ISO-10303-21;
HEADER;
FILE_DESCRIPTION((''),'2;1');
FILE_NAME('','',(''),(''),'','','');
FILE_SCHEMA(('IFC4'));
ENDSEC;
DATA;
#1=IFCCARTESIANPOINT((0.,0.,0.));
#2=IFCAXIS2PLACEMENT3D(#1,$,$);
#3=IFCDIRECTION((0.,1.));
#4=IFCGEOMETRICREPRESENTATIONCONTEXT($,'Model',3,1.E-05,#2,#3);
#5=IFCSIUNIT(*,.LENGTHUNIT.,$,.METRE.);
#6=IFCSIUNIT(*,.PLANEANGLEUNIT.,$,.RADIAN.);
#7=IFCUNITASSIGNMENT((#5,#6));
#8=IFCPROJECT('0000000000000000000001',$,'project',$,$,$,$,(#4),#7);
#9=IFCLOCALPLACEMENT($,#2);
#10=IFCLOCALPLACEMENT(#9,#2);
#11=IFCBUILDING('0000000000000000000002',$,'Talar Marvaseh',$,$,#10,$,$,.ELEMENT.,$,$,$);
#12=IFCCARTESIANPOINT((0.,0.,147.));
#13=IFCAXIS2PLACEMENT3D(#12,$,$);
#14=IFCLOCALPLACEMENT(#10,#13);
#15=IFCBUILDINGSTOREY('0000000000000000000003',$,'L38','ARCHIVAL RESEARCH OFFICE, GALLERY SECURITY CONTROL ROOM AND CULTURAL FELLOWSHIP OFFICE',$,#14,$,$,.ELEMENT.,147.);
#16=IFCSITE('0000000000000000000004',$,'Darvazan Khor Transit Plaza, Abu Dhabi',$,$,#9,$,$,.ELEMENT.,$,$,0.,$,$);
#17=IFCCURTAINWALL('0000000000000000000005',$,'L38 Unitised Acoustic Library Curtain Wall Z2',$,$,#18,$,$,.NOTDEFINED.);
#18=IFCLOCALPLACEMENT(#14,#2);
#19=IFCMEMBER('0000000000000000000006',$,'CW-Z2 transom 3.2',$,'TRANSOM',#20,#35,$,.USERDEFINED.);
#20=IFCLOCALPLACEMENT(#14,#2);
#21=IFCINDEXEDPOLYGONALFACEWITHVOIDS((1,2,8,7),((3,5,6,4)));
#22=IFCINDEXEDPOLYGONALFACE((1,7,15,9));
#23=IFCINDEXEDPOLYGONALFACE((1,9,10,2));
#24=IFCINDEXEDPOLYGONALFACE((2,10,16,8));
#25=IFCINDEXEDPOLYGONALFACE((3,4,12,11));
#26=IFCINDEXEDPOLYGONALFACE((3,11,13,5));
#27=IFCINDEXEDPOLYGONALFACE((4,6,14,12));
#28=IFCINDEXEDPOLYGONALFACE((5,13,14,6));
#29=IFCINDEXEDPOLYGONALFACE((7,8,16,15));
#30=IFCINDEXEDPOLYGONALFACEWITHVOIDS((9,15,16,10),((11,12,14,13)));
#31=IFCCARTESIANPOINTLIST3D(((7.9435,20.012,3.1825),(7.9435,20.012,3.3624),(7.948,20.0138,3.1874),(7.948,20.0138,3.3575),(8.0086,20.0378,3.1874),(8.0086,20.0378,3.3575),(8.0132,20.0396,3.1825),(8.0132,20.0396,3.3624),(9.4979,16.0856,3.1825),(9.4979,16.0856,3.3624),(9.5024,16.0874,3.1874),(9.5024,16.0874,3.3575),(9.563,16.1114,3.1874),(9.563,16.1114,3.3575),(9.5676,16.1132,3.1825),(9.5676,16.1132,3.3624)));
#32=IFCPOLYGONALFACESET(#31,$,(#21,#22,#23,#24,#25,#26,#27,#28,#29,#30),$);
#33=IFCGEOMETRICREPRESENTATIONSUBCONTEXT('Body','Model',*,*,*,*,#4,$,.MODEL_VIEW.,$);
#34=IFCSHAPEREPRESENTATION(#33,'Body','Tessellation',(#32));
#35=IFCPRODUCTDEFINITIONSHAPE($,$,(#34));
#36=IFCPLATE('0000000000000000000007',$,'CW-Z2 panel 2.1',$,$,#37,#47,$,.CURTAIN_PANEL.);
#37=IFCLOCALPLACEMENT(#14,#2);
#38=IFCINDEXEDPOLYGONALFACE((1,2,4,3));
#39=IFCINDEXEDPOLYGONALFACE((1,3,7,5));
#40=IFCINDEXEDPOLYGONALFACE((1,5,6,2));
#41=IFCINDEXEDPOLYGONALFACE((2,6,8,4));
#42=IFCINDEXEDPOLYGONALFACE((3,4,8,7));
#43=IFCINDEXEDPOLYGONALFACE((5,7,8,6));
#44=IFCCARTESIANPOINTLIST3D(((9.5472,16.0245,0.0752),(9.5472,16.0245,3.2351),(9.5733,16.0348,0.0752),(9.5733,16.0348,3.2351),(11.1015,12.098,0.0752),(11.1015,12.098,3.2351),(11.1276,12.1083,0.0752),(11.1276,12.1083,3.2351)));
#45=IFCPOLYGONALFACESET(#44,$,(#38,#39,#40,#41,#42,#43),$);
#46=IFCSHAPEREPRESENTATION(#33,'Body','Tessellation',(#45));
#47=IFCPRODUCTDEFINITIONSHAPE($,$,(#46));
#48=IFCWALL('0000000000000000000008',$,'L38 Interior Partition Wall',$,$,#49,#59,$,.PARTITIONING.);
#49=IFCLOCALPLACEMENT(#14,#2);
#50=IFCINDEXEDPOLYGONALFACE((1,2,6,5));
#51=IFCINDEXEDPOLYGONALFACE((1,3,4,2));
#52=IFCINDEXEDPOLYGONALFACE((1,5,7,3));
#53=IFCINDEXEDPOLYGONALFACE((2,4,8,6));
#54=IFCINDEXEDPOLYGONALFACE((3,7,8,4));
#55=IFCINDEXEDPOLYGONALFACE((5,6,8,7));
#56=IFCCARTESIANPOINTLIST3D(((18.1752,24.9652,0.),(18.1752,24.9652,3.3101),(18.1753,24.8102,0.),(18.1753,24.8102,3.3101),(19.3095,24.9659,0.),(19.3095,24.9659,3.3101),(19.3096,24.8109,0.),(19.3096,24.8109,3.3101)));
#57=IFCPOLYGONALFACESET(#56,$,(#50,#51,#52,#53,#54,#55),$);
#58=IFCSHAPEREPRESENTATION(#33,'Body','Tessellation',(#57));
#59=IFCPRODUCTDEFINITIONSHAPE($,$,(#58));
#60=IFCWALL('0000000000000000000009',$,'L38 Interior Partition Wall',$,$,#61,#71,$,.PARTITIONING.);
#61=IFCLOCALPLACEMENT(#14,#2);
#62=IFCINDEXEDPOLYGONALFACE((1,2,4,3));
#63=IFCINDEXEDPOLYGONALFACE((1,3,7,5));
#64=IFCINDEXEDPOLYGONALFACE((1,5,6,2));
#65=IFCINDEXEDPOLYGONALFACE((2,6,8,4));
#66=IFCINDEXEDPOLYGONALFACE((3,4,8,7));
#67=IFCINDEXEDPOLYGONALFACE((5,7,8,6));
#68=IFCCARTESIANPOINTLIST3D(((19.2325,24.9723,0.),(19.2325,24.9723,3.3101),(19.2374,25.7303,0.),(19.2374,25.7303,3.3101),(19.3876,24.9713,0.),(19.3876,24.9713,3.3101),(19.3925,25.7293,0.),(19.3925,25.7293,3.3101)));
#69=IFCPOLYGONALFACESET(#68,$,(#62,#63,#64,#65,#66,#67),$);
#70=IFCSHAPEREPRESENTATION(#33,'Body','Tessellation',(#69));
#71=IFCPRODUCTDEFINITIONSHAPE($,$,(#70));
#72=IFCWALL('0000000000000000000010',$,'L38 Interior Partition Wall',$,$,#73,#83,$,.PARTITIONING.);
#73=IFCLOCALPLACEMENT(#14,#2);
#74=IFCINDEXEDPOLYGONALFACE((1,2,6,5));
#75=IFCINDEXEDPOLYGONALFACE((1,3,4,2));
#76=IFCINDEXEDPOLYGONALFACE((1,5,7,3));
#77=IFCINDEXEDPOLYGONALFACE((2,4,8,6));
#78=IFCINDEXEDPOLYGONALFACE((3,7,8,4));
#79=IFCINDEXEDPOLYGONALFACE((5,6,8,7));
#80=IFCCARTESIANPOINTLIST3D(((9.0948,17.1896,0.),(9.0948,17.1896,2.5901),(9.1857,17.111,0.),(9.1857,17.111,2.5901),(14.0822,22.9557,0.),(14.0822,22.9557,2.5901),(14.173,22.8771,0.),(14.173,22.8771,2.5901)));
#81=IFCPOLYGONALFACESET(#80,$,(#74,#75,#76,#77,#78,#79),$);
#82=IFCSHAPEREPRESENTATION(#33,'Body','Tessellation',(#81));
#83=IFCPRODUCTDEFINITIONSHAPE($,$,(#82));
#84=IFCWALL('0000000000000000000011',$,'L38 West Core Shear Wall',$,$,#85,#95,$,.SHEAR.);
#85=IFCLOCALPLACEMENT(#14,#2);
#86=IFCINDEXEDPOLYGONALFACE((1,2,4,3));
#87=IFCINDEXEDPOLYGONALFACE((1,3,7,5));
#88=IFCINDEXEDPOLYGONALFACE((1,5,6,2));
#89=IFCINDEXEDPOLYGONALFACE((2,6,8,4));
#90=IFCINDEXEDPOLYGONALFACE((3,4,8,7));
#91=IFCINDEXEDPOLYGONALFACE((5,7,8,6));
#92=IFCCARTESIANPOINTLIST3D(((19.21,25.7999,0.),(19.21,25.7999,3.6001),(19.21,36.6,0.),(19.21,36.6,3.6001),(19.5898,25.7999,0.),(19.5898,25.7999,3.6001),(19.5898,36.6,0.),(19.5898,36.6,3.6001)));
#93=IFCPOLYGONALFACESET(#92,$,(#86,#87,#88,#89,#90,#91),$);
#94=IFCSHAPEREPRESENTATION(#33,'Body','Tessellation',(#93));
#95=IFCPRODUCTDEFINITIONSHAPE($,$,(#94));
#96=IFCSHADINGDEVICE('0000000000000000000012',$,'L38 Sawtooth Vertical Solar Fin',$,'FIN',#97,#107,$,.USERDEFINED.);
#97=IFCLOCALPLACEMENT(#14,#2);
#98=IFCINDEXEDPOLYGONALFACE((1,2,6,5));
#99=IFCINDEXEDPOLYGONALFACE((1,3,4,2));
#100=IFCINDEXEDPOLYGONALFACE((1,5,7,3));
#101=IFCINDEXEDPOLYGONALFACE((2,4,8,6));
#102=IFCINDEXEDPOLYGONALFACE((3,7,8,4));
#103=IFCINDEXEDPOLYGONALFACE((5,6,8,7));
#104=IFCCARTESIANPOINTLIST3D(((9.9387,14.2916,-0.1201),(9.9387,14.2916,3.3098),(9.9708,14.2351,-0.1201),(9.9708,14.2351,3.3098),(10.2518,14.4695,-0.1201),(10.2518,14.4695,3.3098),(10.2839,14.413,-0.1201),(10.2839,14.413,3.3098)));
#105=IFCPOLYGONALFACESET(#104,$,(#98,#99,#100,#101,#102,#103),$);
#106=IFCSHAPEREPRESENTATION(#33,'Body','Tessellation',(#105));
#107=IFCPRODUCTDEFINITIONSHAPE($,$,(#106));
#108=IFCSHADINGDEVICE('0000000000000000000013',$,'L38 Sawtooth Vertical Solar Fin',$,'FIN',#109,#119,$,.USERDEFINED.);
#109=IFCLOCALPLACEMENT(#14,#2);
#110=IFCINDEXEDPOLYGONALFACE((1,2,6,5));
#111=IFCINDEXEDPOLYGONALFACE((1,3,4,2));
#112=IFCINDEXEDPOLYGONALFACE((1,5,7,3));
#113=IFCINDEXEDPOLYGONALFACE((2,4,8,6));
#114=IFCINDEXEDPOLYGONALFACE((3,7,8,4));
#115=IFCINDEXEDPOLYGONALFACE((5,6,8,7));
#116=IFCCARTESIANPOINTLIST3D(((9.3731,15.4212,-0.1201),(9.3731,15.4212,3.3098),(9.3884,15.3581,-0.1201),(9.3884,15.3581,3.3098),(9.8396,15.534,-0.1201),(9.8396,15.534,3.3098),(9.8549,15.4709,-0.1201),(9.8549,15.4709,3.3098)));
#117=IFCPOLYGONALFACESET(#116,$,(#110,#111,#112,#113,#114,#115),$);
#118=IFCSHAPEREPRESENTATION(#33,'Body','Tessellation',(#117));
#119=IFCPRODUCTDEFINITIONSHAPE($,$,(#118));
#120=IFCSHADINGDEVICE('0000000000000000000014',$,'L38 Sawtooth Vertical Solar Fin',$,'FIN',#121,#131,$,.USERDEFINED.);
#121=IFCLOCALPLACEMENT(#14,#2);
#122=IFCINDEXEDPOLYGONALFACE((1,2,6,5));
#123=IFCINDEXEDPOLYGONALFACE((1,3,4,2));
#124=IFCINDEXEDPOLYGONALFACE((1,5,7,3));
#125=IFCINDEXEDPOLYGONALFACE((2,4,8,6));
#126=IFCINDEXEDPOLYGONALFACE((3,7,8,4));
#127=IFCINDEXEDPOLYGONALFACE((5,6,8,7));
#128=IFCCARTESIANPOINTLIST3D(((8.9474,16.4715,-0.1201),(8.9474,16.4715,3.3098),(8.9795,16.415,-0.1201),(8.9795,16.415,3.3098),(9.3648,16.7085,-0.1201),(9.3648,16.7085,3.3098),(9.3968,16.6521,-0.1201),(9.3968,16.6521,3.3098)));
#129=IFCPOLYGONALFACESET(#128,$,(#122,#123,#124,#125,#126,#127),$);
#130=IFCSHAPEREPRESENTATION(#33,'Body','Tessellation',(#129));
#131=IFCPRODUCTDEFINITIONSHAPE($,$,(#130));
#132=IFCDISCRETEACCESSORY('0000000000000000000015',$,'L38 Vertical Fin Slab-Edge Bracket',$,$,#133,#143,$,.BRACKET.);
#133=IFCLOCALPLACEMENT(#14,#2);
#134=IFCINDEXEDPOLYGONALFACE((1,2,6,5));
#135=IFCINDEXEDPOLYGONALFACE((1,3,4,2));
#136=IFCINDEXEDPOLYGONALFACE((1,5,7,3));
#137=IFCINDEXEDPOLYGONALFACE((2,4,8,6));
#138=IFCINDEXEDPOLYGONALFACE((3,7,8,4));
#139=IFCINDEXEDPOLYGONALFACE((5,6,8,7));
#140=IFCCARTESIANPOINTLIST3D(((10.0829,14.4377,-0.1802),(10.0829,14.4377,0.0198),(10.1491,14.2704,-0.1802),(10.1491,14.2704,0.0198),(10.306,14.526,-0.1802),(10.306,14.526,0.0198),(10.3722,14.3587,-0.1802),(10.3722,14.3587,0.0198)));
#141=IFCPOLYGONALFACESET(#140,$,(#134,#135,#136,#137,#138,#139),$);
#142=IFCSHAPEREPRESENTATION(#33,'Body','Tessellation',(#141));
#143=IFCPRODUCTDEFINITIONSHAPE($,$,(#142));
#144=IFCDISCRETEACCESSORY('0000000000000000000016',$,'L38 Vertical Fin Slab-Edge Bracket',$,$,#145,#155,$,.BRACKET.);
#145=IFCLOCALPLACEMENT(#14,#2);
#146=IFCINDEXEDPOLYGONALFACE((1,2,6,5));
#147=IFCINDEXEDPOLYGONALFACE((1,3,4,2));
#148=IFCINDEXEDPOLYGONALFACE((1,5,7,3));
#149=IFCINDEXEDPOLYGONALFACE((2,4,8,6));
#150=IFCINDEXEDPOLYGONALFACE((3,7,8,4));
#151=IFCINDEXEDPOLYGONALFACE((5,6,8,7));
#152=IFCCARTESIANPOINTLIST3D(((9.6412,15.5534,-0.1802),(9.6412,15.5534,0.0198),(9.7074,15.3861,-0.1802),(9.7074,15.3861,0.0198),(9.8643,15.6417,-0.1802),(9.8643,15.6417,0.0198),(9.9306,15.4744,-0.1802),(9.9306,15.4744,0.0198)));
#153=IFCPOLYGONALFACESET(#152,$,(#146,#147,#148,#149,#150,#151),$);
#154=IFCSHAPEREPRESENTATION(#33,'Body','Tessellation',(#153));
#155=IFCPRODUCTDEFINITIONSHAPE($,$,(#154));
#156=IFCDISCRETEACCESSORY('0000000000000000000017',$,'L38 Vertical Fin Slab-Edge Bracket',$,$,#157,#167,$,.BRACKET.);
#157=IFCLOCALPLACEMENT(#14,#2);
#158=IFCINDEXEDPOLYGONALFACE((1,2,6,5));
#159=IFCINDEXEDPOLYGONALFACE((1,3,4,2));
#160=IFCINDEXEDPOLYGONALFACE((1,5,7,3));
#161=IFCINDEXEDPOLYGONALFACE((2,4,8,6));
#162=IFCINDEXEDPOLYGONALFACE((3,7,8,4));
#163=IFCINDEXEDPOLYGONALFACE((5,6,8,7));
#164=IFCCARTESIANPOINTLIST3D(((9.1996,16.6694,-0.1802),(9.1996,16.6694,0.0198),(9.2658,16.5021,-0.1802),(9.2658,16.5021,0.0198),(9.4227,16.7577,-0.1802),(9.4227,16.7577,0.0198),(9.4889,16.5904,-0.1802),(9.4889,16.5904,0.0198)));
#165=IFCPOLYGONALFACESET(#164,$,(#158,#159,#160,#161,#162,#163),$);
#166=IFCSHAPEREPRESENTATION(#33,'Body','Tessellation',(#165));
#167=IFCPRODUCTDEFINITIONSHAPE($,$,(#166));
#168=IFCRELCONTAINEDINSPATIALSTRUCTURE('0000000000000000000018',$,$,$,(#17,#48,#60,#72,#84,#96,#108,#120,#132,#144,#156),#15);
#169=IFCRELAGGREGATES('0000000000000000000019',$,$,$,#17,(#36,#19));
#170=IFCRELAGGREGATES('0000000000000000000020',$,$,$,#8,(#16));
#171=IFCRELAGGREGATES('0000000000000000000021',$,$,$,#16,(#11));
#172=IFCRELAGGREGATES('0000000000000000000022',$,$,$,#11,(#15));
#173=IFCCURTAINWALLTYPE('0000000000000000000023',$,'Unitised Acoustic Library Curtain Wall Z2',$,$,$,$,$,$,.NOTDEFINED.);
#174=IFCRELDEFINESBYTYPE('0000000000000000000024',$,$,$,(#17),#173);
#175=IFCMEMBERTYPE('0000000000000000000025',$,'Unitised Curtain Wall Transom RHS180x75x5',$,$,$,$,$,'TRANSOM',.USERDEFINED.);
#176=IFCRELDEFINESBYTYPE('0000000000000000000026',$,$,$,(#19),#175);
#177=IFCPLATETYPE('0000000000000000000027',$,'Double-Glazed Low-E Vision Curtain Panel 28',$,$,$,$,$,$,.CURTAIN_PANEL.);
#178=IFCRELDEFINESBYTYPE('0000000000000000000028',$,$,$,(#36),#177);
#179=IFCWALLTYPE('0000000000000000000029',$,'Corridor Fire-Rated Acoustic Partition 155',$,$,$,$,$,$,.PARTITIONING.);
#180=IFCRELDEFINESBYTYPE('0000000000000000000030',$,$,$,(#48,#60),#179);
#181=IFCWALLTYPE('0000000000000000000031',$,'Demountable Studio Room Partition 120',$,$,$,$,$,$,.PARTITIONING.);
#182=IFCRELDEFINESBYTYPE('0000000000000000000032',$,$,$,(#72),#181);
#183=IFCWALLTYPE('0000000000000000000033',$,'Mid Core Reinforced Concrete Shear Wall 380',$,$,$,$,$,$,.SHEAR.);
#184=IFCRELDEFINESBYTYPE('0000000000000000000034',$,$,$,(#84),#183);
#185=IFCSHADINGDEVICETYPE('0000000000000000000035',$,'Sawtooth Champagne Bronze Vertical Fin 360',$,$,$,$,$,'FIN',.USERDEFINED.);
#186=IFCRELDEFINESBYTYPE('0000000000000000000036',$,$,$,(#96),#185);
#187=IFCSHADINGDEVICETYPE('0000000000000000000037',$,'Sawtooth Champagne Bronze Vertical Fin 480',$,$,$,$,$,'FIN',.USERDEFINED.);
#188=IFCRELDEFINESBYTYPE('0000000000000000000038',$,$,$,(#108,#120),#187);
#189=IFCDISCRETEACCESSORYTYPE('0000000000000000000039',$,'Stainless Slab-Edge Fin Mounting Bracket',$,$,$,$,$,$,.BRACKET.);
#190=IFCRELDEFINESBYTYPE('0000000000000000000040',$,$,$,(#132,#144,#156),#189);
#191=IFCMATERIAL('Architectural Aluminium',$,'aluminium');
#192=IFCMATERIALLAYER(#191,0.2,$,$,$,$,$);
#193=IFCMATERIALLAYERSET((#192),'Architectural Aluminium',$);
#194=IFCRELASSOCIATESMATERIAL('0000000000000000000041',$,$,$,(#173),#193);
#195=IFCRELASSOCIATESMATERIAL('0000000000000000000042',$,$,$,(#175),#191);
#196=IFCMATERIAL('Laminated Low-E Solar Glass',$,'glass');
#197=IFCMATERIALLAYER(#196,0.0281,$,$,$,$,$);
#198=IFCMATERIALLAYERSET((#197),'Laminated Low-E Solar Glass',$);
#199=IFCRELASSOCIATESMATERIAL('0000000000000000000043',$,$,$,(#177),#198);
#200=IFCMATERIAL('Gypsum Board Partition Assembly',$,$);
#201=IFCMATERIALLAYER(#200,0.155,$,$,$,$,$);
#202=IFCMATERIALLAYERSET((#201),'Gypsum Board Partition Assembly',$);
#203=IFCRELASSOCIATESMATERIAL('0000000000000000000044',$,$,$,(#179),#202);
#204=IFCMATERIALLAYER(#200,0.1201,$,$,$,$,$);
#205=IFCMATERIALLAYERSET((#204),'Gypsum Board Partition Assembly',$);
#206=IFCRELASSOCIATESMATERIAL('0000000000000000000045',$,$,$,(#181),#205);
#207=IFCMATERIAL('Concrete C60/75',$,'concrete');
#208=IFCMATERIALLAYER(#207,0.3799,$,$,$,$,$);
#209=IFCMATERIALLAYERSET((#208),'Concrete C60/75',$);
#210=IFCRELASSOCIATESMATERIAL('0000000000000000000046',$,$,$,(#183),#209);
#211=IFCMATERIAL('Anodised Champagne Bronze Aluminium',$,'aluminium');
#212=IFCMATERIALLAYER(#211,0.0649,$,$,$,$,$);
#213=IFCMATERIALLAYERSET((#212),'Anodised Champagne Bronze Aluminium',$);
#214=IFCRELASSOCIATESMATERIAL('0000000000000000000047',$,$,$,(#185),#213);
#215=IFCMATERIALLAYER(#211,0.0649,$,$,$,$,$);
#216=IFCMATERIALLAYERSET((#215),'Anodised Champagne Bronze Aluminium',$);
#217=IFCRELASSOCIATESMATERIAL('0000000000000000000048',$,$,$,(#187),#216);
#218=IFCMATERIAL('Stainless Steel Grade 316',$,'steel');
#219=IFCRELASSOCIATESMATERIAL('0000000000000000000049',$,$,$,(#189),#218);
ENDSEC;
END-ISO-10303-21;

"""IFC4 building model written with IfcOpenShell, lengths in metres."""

from ifc_helpers import new_model, si_unit, direction, frame, frame_2d, origin, origin_2d, place, context, subcontext, project, spatial, rectangle, hollow_rectangle, extrude, source, transform, mapped, material, layer, layer_set, material_profile, profile_set, type_object, type_shapes, element, aggregate, save


model = new_model("IFC4")

# Units and contexts
model_context = context("Model", 3, precision=1e-05, world=origin(), true_north=direction((0.0, 1.0)))
body_context = subcontext(model_context, "Body", "Model", "MODEL_VIEW")
ifc_project = project(units=[si_unit("LENGTHUNIT", "METRE"), si_unit("PLANEANGLEUNIT", "RADIAN")], contexts=[model_context])

# Site, building, storey
site_placement = place(None, origin())
site = spatial("IfcSite", under=ifc_project, at=site_placement, Name="Darvazan Khor Transit Plaza, Abu Dhabi", CompositionType="ELEMENT", RefElevation=0.0)
building_placement = place(site_placement, origin())
building = spatial("IfcBuilding", under=site, at=building_placement, Name="Talar Marvaseh", CompositionType="ELEMENT")
storey_placement = place(building_placement, frame((0.0, 0.0, 147.0)))
storey = spatial("IfcBuildingStorey", under=building, at=storey_placement, Name="L38", Description="ARCHIVAL RESEARCH OFFICE, GALLERY SECURITY CONTROL ROOM AND CULTURAL FELLOWSHIP OFFICE", CompositionType="ELEMENT", Elevation=147.0)

# Shared definitions
ifc_material_1 = material(Name="Concrete C60/75", Category="concrete")

# Curtain wall, member, plate
ifc_material_2 = material(Name="Architectural Aluminium", Category="aluminium")
ifc_layer_1 = layer(ifc_material_2, 0.2)
ifc_layer_set_1 = layer_set([ifc_layer_1], Name="Architectural Aluminium")
curtain_wall_type = type_object("IfcCurtainWallType", Name="Unitised Acoustic Library Curtain Wall Z2", PredefinedType="NOTDEFINED", material=ifc_layer_set_1)
curtain_wall_placement = place(storey_placement, origin())
curtain_wall = element("IfcCurtainWall", 1, at=curtain_wall_placement, inside=storey, type_object=curtain_wall_type, Name="L38 Unitised Acoustic Library Curtain Wall Z2", PredefinedType="NOTDEFINED")
ifc_material_profile_1 = material_profile(ifc_material_2, hollow_rectangle(XDim=0.075, YDim=0.1799, WallThickness=0.0049, at=origin_2d()), Name="RHS180x75x5")
ifc_profile_set_1 = profile_set([ifc_material_profile_1], Name="Architectural Aluminium")
member_type_1 = type_object("IfcMemberType", Name="Unitised Curtain Wall Transom RHS180x75x5", ElementType="TRANSOM", PredefinedType="USERDEFINED", material=ifc_profile_set_1)
shared_shape_1 = source(origin(), body_context, "Body", "SweptSolid", [
    extrude(hollow_rectangle(XDim=0.075, YDim=0.1799, WallThickness=0.0049, at=origin_2d()), origin(), (0.0, 0.0, 1.0), 4.2229),
])
type_shapes(member_type_1, [shared_shape_1])
member_1_placement = place(storey_placement, frame((9.5327, 16.0994, 3.2725), z_axis=(-0.368089, 0.929791, 0.0), x_axis=(-0.929791, -0.368089, 0.0)))
member_1 = element("IfcMember", 2, at=member_1_placement, type_object=member_type_1, Name="CW-Z2 transom 3.2", ObjectType="TRANSOM", PredefinedType="USERDEFINED", context=body_context, shape_type="MappedRepresentation", body=[
    mapped(shared_shape_1, transform((0.0, 0.0, 0.0), x_axis=(1.0, 0.0, 0.0), y_axis=(0.0, 1.0, 0.0), z_axis=(0.0, 0.0, 1.0), scale=1.0)),
])
ifc_material_3 = material(Name="Laminated Low-E Solar Glass", Category="glass")
ifc_layer_2 = layer(ifc_material_3, 0.0281)
ifc_layer_set_2 = layer_set([ifc_layer_2], Name="Laminated Low-E Solar Glass")
plate_type = type_object("IfcPlateType", Name="Double-Glazed Low-E Vision Curtain Panel 28", PredefinedType="CURTAIN_PANEL", material=ifc_layer_set_2)
shared_shape_2 = source(origin(), body_context, "Body", "SweptSolid", [
    extrude(rectangle(XDim=4.2229, YDim=0.0281, at=origin_2d()), origin(), (0.0, 0.0, 1.0), 3.1599),
])
type_shapes(plate_type, [shared_shape_2])
plate_placement = place(storey_placement, frame((10.3374, 14.0664, 0.0752), z_axis=(0.0, 0.0, 1.0), x_axis=(-0.36806, 0.929802, 0.0)))
plate = element("IfcPlate", 3, at=plate_placement, type_object=plate_type, Name="CW-Z2 panel 2.1", PredefinedType="CURTAIN_PANEL", context=body_context, shape_type="MappedRepresentation", body=[
    mapped(shared_shape_2, transform((0.0, 0.0, 0.0), x_axis=(1.0, 0.0, 0.0), y_axis=(0.0, 1.0, 0.0), z_axis=(0.0, 0.0, 1.0), scale=1.0)),
])
aggregate(curtain_wall, [plate, member_1])

# Shared definitions
ifc_material_4 = material(Name="Gypsum Board Partition Assembly")
ifc_layer_3 = layer(ifc_material_4, 0.155)
ifc_layer_set_3 = layer_set([ifc_layer_3], Name="Gypsum Board Partition Assembly")
wall_type_1 = type_object("IfcWallType", Name="Corridor Fire-Rated Acoustic Partition 155", PredefinedType="PARTITIONING", material=ifc_layer_set_3)

# Walls
wall_1_placement = place(storey_placement, frame((18.1753, 24.8877, 0.0), z_axis=(0.0, 0.0, 1.0), x_axis=(1.0, 0.000646, 0.0)))
element("IfcWall", 4, at=wall_1_placement, inside=storey, type_object=wall_type_1, Name="L38 Interior Partition Wall", PredefinedType="PARTITIONING", context=body_context, shape_type="SweptSolid", body=[
    extrude(rectangle(XDim=1.1343, YDim=0.155, at=frame_2d((0.5671, 0.0))), origin(), (0.0, 0.0, 1.0), 3.3101),
])
wall_2_placement = place(storey_placement, frame((19.3101, 24.9719, 0.0), z_axis=(0.0, 0.0, 1.0), x_axis=(0.006441, 0.999979, 0.0)))
element("IfcWall", 5, at=wall_2_placement, inside=storey, type_object=wall_type_1, Name="L38 Interior Partition Wall", PredefinedType="PARTITIONING", context=body_context, shape_type="SweptSolid", body=[
    extrude(rectangle(XDim=0.7581, YDim=0.155, at=frame_2d((0.3789, 0.0))), origin(), (0.0, 0.0, 1.0), 3.3101),
])
ifc_layer_4 = layer(ifc_material_4, 0.1201)
ifc_layer_set_4 = layer_set([ifc_layer_4], Name="Gypsum Board Partition Assembly")
wall_type_2 = type_object("IfcWallType", Name="Demountable Studio Room Partition 120", PredefinedType="PARTITIONING", material=ifc_layer_set_4)
wall_3_placement = place(storey_placement, frame((14.1277, 22.9165, 0.0), z_axis=(0.0, 0.0, 1.0), x_axis=(-0.654182, -0.756337, 0.0)))
element("IfcWall", 6, at=wall_3_placement, inside=storey, type_object=wall_type_2, Name="L38 Interior Partition Wall", PredefinedType="PARTITIONING", context=body_context, shape_type="SweptSolid", body=[
    extrude(rectangle(XDim=7.6238, YDim=0.1201, at=frame_2d((3.812, 0.0))), origin(), (0.0, 0.0, 1.0), 2.5901),
])
ifc_layer_5 = layer(ifc_material_1, 0.3799)
ifc_layer_set_5 = layer_set([ifc_layer_5], Name="Concrete C60/75")
wall_type_3 = type_object("IfcWallType", Name="Mid Core Reinforced Concrete Shear Wall 380", PredefinedType="SHEAR", material=ifc_layer_set_5)
wall_4_placement = place(storey_placement, frame((19.3999, 25.8, 0.0), z_axis=(0.0, 0.0, 1.0), x_axis=(0.0, 1.0, 0.0)))
element("IfcWall", 7, at=wall_4_placement, inside=storey, type_object=wall_type_3, Name="L38 West Core Shear Wall", PredefinedType="SHEAR", context=body_context, shape_type="SweptSolid", body=[
    extrude(rectangle(XDim=10.8, YDim=0.3799, at=frame_2d((5.3999, 0.0))), origin(), (0.0, 0.0, 1.0), 3.6001),
])

# Shading devices
ifc_material_5 = material(Name="Anodised Champagne Bronze Aluminium", Category="aluminium")
ifc_layer_6 = layer(ifc_material_5, 0.0649)
ifc_layer_set_6 = layer_set([ifc_layer_6], Name="Anodised Champagne Bronze Aluminium")
shading_device_type_1 = type_object("IfcShadingDeviceType", Name="Sawtooth Champagne Bronze Vertical Fin 360", ElementType="FIN", PredefinedType="USERDEFINED", material=ifc_layer_set_6)
shared_shape_3 = source(origin(), body_context, "Body", "SweptSolid", [
    extrude(rectangle(XDim=0.3601, YDim=0.0649, at=origin_2d()), origin(), (0.0, 0.0, 1.0), 3.4299),
])
type_shapes(shading_device_type_1, [shared_shape_3])
shading_device_placement = place(storey_placement, frame((10.1113, 14.3523, -0.1201), z_axis=(0.0, 0.0, 1.0), x_axis=(-0.869495, -0.493942, 0.0)))
element("IfcShadingDevice", 8, at=shading_device_placement, inside=storey, type_object=shading_device_type_1, Name="L38 Sawtooth Vertical Solar Fin", ObjectType="FIN", PredefinedType="USERDEFINED", context=body_context, shape_type="MappedRepresentation", body=[
    mapped(shared_shape_3, transform((0.0, 0.0, 0.0), x_axis=(1.0, 0.0, 0.0), y_axis=(0.0, 1.0, 0.0), z_axis=(0.0, 0.0, 1.0), scale=1.0)),
])
ifc_layer_7 = layer(ifc_material_5, 0.0649)
ifc_layer_set_7 = layer_set([ifc_layer_7], Name="Anodised Champagne Bronze Aluminium")
shading_device_type_2 = type_object("IfcShadingDeviceType", Name="Sawtooth Champagne Bronze Vertical Fin 480", ElementType="FIN", PredefinedType="USERDEFINED", material=ifc_layer_set_7)
shared_shape_4 = source(origin(), body_context, "Body", "SweptSolid", [
    extrude(rectangle(XDim=0.48, YDim=0.0649, at=origin_2d()), origin(), (0.0, 0.0, 1.0), 3.4299),
])
type_shapes(shading_device_type_2, [shared_shape_4])
for number, where, z_axis, x_axis, name in (
    (9, (9.614, 15.446, -0.1201), (0.0, 0.0, 1.0), (-0.971961, -0.235142, 0.0), "L38 Sawtooth Vertical Solar Fin"),
    (10, (9.1721, 16.5618, -0.1201), (0.0, 0.0, 1.0), (-0.869495, -0.493942, 0.0), "L38 Sawtooth Vertical Solar Fin"),
):
    element("IfcShadingDevice", number, at=place(storey_placement, frame(where, z_axis=z_axis, x_axis=x_axis)), inside=storey, type_object=shading_device_type_2, Name=name, ObjectType="FIN", PredefinedType="USERDEFINED", context=body_context, shape_type="MappedRepresentation", body=[
        mapped(shared_shape_4, transform((0.0, 0.0, 0.0), x_axis=(1.0, 0.0, 0.0), y_axis=(0.0, 1.0, 0.0), z_axis=(0.0, 0.0, 1.0), scale=1.0)),
    ])

# Discrete accessories
ifc_material_6 = material(Name="Stainless Steel Grade 316", Category="steel")
discrete_accessory_type = type_object("IfcDiscreteAccessoryType", Name="Stainless Slab-Edge Fin Mounting Bracket", PredefinedType="BRACKET", material=ifc_material_6)
shared_shape_5 = source(origin(), body_context, "Body", "SweptSolid", [
    extrude(rectangle(XDim=0.24, YDim=0.1799, at=origin_2d()), origin(), (0.0, 0.0, 1.0), 0.2),
])
type_shapes(discrete_accessory_type, [shared_shape_5])
for number, where, z_axis, x_axis, name in (
    (11, (10.2275, 14.3982, -0.1802), (0.0, 0.0, 1.0), (-0.929776, -0.368125, 0.0), "L38 Vertical Fin Slab-Edge Bracket"),
    (12, (9.7859, 15.5139, -0.1802), (0.0, 0.0, 1.0), (-0.929776, -0.368125, 0.0), "L38 Vertical Fin Slab-Edge Bracket"),
    (13, (9.3442, 16.6299, -0.1802), (0.0, 0.0, 1.0), (-0.929776, -0.368125, 0.0), "L38 Vertical Fin Slab-Edge Bracket"),
):
    element("IfcDiscreteAccessory", number, at=place(storey_placement, frame(where, z_axis=z_axis, x_axis=x_axis)), inside=storey, type_object=discrete_accessory_type, Name=name, PredefinedType="BRACKET", context=body_context, shape_type="MappedRepresentation", body=[
        mapped(shared_shape_5, transform((0.0, 0.0, 0.0), x_axis=(1.0, 0.0, 0.0), y_axis=(0.0, 1.0, 0.0), z_axis=(0.0, 0.0, 1.0), scale=1.0)),
    ])

save(model, "model.ifc")
